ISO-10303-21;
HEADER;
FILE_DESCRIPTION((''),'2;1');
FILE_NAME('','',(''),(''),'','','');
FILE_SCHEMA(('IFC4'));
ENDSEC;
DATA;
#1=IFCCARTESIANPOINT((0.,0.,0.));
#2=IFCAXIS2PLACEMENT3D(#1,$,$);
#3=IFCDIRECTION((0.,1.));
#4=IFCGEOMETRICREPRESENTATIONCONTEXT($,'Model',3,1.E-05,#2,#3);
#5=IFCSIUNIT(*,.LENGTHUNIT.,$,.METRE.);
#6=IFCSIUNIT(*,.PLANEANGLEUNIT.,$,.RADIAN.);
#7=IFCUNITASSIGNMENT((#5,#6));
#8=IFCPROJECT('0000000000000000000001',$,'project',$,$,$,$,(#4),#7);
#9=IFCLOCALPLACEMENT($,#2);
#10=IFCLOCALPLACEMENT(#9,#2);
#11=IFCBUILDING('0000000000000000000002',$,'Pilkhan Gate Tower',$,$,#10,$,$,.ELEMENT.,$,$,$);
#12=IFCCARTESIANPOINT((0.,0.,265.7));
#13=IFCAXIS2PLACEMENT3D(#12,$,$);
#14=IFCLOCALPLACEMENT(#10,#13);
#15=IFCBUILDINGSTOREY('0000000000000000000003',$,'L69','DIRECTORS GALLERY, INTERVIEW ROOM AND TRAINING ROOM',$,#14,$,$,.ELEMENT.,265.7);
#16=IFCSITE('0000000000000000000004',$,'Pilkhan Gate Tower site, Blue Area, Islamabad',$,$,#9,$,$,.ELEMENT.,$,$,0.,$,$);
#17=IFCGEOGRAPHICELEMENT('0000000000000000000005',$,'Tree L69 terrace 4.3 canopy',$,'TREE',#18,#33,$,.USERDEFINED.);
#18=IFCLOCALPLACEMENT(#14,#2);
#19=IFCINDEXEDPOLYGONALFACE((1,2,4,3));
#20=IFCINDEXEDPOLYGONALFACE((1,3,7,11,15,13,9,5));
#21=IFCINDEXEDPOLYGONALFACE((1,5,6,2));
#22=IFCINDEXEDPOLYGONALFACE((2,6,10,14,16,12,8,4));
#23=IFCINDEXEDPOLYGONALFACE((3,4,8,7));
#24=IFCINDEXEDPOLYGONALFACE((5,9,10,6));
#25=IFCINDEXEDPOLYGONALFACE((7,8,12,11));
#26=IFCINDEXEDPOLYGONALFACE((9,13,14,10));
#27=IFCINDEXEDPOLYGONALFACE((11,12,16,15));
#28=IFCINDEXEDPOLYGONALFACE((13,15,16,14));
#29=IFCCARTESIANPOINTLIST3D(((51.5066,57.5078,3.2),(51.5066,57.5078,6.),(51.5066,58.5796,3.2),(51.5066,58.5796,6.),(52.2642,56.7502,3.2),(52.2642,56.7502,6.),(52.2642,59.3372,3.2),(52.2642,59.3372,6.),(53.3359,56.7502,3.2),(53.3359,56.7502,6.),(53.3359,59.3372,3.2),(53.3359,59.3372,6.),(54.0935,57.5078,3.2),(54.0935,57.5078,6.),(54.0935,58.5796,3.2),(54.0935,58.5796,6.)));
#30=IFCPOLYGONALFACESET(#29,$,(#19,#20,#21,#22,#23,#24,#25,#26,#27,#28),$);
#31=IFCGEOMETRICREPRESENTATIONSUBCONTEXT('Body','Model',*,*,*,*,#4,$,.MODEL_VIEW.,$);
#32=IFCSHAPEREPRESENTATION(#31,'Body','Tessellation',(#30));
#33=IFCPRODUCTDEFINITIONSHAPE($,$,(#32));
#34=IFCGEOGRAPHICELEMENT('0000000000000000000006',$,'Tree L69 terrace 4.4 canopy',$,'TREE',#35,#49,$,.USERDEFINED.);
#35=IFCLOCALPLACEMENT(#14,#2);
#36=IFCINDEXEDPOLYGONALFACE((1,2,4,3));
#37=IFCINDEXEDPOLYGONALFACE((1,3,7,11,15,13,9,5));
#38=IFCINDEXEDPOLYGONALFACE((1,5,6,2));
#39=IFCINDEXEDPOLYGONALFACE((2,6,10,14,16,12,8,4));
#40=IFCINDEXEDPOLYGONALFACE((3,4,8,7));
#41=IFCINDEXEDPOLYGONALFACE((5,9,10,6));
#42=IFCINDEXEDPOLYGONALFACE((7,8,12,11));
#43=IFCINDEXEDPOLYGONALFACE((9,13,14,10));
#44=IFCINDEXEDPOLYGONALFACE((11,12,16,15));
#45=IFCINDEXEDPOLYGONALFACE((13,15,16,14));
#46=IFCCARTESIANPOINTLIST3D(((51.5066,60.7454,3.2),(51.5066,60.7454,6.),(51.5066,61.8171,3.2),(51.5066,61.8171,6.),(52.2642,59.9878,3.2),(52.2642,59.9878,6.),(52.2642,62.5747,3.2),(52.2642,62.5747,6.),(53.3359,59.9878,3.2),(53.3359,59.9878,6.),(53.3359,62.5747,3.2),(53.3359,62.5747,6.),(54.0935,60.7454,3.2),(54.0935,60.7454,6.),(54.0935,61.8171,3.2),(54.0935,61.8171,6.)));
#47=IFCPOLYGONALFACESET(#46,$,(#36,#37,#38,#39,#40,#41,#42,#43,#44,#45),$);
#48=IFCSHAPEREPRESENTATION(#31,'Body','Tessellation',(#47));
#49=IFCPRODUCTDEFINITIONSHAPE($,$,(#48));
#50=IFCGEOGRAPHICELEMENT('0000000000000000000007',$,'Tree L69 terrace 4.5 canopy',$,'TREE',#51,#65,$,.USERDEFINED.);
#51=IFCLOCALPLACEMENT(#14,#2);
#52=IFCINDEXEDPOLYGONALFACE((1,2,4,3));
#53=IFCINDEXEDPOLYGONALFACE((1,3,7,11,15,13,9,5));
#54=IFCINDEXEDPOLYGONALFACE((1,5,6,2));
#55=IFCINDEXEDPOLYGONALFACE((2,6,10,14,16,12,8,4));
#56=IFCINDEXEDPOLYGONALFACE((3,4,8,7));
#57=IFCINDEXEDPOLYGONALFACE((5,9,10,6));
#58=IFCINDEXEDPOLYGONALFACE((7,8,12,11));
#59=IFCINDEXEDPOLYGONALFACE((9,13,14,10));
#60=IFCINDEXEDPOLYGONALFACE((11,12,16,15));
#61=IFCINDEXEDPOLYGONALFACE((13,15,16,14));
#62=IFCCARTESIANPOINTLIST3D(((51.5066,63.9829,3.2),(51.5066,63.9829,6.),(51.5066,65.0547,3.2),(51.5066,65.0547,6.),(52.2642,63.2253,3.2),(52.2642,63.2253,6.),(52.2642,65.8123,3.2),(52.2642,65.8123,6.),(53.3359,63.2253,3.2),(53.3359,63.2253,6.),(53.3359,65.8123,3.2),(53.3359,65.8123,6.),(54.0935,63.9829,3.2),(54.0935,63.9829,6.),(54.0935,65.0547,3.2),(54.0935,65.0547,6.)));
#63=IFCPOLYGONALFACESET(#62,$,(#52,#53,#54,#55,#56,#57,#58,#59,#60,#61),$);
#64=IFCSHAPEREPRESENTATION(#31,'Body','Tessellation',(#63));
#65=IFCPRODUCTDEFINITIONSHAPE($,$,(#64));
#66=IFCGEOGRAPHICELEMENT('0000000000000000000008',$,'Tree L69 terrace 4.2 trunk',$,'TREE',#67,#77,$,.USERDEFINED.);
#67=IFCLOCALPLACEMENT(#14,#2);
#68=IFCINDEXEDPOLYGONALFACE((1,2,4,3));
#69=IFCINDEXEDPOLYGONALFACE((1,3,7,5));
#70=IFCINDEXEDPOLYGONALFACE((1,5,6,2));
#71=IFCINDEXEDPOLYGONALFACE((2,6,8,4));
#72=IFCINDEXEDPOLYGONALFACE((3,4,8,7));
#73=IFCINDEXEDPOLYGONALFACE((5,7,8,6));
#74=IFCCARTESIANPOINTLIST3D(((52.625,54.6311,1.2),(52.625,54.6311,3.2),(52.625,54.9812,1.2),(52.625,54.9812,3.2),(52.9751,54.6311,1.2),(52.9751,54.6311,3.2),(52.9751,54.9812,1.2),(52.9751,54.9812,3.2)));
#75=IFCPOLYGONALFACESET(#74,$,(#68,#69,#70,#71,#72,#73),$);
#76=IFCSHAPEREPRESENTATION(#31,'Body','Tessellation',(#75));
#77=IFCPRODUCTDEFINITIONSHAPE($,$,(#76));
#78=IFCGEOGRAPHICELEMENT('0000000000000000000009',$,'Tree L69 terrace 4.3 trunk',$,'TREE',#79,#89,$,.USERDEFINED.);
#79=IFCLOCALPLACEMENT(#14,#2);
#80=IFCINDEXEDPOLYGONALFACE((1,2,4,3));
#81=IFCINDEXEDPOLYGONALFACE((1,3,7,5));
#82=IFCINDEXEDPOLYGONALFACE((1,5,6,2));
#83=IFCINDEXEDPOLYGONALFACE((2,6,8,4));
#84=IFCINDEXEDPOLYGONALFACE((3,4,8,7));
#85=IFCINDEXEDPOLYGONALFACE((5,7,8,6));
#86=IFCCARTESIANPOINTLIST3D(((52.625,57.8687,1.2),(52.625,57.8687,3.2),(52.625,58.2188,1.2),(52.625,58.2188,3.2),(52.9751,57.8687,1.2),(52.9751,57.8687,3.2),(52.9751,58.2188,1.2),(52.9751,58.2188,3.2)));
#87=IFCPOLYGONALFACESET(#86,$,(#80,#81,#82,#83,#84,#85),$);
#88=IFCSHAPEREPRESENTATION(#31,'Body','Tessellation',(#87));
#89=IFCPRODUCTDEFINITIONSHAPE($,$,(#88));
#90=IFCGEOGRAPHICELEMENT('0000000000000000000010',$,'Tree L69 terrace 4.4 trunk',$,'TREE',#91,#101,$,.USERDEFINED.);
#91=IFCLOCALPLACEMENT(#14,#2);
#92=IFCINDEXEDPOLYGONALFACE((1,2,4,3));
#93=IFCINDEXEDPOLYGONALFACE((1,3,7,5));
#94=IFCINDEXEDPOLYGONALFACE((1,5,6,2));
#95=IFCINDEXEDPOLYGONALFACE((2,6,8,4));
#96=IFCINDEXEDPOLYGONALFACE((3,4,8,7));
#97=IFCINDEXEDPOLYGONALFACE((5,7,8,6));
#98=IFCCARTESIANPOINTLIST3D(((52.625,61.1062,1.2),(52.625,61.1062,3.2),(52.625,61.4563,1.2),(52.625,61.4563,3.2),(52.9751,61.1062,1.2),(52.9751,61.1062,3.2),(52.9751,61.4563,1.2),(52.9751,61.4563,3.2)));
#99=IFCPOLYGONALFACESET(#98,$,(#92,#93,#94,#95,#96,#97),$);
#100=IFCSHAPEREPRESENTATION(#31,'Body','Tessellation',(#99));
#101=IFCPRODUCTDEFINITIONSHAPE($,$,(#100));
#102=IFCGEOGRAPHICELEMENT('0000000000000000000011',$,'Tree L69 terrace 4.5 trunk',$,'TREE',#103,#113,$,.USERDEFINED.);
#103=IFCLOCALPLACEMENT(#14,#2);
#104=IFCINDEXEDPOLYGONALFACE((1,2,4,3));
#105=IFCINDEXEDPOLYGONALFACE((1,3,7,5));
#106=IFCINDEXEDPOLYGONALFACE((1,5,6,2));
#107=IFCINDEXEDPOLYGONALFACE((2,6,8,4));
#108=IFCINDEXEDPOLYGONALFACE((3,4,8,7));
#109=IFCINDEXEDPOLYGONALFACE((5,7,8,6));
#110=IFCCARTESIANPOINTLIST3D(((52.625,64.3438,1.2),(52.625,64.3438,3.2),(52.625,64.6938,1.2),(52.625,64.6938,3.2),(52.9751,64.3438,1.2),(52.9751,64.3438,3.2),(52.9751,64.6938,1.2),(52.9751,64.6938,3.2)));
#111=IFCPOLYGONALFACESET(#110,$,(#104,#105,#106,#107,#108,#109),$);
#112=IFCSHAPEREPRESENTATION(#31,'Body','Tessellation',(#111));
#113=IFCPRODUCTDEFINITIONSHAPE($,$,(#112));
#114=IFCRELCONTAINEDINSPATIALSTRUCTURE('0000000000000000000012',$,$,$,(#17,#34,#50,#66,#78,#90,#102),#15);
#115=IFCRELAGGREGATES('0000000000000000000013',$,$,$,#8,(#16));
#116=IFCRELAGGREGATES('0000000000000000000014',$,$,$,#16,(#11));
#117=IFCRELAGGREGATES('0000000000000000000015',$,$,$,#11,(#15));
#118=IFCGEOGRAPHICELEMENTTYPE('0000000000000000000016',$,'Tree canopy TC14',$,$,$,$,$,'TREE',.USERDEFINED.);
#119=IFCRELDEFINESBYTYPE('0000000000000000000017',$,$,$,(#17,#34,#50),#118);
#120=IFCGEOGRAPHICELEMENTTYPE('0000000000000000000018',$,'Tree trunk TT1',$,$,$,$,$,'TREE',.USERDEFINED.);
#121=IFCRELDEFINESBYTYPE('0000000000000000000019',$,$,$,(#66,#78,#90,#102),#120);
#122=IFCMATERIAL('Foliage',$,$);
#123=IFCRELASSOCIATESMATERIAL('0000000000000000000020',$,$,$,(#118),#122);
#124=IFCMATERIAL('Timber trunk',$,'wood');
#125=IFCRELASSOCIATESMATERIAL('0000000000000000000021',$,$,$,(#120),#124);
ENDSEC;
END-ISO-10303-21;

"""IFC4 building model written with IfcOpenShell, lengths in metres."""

from ifc_helpers import new_model, si_unit, direction, frame, origin, origin_2d, place, context, subcontext, project, spatial, polyline, rectangle, outline, extrude, material, material_profile, profile_set, type_object, element, save


model = new_model("IFC4")

# Units and contexts
model_context = context("Model", 3, precision=1e-05, world=origin(), true_north=direction((0.0, 1.0)))
body_context = subcontext(model_context, "Body", "Model", "MODEL_VIEW")
ifc_project = project(units=[si_unit("LENGTHUNIT", "METRE"), si_unit("PLANEANGLEUNIT", "RADIAN")], contexts=[model_context])

# Site, building, storey
site_placement = place(None, origin())
site = spatial("IfcSite", under=ifc_project, at=site_placement, Name="Pilkhan Gate Tower site, Blue Area, Islamabad", CompositionType="ELEMENT", RefElevation=0.0)
building_placement = place(site_placement, origin())
building = spatial("IfcBuilding", under=site, at=building_placement, Name="Pilkhan Gate Tower", CompositionType="ELEMENT")
storey_placement = place(building_placement, frame((0.0, 0.0, 265.7)))
storey = spatial("IfcBuildingStorey", under=building, at=storey_placement, Name="L69", Description="DIRECTORS GALLERY, INTERVIEW ROOM AND TRAINING ROOM", CompositionType="ELEMENT", Elevation=265.7)

# Geographic elements
ifc_material_1 = material(Name="Foliage")
ifc_material_profile_1 = material_profile(ifc_material_1, outline(polyline([(1.2935, 0.5359), (0.5359, 1.2935), (-0.5359, 1.2935), (-1.2935, 0.5359), (-1.2935, -0.5359), (-0.5359, -1.2935), (0.5359, -1.2935), (1.2935, -0.5359), (1.2935, 0.5359)])), Name="Canopy D2.8")
ifc_profile_set_1 = profile_set([ifc_material_profile_1], Name="Foliage")
geographic_element_type_1 = type_object("IfcGeographicElementType", Name="Tree canopy TC14", ElementType="TREE", PredefinedType="USERDEFINED", material=ifc_profile_set_1)
for number, where, z_axis, x_axis, name in (
    (1, (52.8, 58.0437, 3.2), (0.0, 0.0, 1.0), (1.0, 0.0, 0.0), "Tree L69 terrace 4.3 canopy"),
    (2, (52.8, 61.2812, 3.2), (0.0, 0.0, 1.0), (1.0, 0.0, 0.0), "Tree L69 terrace 4.4 canopy"),
    (3, (52.8, 64.5188, 3.2), (0.0, 0.0, 1.0), (1.0, 0.0, 0.0), "Tree L69 terrace 4.5 canopy"),
):
    element("IfcGeographicElement", number, at=place(storey_placement, frame(where, z_axis=z_axis, x_axis=x_axis)), inside=storey, type_object=geographic_element_type_1, Name=name, ObjectType="TREE", PredefinedType="USERDEFINED", context=body_context, shape_type="SweptSolid", body=[
        extrude(outline(polyline([(1.2935, 0.5359), (0.5359, 1.2935), (-0.5359, 1.2935), (-1.2935, 0.5359), (-1.2935, -0.5359), (-0.5359, -1.2935), (0.5359, -1.2935), (1.2935, -0.5359), (1.2935, 0.5359)])), origin(), (0.0, 0.0, 1.0), 2.8),
    ])
ifc_material_2 = material(Name="Timber trunk", Category="wood")
geographic_element_type_2 = type_object("IfcGeographicElementType", Name="Tree trunk TT1", ElementType="TREE", PredefinedType="USERDEFINED", material=ifc_material_2)
for number, where, z_axis, x_axis, name in (
    (4, (52.8, 54.8062, 1.2), (0.0, 0.0, 1.0), (1.0, 0.0, 0.0), "Tree L69 terrace 4.2 trunk"),
    (5, (52.8, 58.0437, 1.2), (0.0, 0.0, 1.0), (1.0, 0.0, 0.0), "Tree L69 terrace 4.3 trunk"),
    (6, (52.8, 61.2812, 1.2), (0.0, 0.0, 1.0), (1.0, 0.0, 0.0), "Tree L69 terrace 4.4 trunk"),
    (7, (52.8, 64.5188, 1.2), (0.0, 0.0, 1.0), (1.0, 0.0, 0.0), "Tree L69 terrace 4.5 trunk"),
):
    element("IfcGeographicElement", number, at=place(storey_placement, frame(where, z_axis=z_axis, x_axis=x_axis)), inside=storey, type_object=geographic_element_type_2, Name=name, ObjectType="TREE", PredefinedType="USERDEFINED", context=body_context, shape_type="SweptSolid", body=[
        extrude(rectangle(XDim=0.3501, YDim=0.3501, at=origin_2d()), origin(), (0.0, 0.0, 1.0), 2.0),
    ])

save(model, "model.ifc")
